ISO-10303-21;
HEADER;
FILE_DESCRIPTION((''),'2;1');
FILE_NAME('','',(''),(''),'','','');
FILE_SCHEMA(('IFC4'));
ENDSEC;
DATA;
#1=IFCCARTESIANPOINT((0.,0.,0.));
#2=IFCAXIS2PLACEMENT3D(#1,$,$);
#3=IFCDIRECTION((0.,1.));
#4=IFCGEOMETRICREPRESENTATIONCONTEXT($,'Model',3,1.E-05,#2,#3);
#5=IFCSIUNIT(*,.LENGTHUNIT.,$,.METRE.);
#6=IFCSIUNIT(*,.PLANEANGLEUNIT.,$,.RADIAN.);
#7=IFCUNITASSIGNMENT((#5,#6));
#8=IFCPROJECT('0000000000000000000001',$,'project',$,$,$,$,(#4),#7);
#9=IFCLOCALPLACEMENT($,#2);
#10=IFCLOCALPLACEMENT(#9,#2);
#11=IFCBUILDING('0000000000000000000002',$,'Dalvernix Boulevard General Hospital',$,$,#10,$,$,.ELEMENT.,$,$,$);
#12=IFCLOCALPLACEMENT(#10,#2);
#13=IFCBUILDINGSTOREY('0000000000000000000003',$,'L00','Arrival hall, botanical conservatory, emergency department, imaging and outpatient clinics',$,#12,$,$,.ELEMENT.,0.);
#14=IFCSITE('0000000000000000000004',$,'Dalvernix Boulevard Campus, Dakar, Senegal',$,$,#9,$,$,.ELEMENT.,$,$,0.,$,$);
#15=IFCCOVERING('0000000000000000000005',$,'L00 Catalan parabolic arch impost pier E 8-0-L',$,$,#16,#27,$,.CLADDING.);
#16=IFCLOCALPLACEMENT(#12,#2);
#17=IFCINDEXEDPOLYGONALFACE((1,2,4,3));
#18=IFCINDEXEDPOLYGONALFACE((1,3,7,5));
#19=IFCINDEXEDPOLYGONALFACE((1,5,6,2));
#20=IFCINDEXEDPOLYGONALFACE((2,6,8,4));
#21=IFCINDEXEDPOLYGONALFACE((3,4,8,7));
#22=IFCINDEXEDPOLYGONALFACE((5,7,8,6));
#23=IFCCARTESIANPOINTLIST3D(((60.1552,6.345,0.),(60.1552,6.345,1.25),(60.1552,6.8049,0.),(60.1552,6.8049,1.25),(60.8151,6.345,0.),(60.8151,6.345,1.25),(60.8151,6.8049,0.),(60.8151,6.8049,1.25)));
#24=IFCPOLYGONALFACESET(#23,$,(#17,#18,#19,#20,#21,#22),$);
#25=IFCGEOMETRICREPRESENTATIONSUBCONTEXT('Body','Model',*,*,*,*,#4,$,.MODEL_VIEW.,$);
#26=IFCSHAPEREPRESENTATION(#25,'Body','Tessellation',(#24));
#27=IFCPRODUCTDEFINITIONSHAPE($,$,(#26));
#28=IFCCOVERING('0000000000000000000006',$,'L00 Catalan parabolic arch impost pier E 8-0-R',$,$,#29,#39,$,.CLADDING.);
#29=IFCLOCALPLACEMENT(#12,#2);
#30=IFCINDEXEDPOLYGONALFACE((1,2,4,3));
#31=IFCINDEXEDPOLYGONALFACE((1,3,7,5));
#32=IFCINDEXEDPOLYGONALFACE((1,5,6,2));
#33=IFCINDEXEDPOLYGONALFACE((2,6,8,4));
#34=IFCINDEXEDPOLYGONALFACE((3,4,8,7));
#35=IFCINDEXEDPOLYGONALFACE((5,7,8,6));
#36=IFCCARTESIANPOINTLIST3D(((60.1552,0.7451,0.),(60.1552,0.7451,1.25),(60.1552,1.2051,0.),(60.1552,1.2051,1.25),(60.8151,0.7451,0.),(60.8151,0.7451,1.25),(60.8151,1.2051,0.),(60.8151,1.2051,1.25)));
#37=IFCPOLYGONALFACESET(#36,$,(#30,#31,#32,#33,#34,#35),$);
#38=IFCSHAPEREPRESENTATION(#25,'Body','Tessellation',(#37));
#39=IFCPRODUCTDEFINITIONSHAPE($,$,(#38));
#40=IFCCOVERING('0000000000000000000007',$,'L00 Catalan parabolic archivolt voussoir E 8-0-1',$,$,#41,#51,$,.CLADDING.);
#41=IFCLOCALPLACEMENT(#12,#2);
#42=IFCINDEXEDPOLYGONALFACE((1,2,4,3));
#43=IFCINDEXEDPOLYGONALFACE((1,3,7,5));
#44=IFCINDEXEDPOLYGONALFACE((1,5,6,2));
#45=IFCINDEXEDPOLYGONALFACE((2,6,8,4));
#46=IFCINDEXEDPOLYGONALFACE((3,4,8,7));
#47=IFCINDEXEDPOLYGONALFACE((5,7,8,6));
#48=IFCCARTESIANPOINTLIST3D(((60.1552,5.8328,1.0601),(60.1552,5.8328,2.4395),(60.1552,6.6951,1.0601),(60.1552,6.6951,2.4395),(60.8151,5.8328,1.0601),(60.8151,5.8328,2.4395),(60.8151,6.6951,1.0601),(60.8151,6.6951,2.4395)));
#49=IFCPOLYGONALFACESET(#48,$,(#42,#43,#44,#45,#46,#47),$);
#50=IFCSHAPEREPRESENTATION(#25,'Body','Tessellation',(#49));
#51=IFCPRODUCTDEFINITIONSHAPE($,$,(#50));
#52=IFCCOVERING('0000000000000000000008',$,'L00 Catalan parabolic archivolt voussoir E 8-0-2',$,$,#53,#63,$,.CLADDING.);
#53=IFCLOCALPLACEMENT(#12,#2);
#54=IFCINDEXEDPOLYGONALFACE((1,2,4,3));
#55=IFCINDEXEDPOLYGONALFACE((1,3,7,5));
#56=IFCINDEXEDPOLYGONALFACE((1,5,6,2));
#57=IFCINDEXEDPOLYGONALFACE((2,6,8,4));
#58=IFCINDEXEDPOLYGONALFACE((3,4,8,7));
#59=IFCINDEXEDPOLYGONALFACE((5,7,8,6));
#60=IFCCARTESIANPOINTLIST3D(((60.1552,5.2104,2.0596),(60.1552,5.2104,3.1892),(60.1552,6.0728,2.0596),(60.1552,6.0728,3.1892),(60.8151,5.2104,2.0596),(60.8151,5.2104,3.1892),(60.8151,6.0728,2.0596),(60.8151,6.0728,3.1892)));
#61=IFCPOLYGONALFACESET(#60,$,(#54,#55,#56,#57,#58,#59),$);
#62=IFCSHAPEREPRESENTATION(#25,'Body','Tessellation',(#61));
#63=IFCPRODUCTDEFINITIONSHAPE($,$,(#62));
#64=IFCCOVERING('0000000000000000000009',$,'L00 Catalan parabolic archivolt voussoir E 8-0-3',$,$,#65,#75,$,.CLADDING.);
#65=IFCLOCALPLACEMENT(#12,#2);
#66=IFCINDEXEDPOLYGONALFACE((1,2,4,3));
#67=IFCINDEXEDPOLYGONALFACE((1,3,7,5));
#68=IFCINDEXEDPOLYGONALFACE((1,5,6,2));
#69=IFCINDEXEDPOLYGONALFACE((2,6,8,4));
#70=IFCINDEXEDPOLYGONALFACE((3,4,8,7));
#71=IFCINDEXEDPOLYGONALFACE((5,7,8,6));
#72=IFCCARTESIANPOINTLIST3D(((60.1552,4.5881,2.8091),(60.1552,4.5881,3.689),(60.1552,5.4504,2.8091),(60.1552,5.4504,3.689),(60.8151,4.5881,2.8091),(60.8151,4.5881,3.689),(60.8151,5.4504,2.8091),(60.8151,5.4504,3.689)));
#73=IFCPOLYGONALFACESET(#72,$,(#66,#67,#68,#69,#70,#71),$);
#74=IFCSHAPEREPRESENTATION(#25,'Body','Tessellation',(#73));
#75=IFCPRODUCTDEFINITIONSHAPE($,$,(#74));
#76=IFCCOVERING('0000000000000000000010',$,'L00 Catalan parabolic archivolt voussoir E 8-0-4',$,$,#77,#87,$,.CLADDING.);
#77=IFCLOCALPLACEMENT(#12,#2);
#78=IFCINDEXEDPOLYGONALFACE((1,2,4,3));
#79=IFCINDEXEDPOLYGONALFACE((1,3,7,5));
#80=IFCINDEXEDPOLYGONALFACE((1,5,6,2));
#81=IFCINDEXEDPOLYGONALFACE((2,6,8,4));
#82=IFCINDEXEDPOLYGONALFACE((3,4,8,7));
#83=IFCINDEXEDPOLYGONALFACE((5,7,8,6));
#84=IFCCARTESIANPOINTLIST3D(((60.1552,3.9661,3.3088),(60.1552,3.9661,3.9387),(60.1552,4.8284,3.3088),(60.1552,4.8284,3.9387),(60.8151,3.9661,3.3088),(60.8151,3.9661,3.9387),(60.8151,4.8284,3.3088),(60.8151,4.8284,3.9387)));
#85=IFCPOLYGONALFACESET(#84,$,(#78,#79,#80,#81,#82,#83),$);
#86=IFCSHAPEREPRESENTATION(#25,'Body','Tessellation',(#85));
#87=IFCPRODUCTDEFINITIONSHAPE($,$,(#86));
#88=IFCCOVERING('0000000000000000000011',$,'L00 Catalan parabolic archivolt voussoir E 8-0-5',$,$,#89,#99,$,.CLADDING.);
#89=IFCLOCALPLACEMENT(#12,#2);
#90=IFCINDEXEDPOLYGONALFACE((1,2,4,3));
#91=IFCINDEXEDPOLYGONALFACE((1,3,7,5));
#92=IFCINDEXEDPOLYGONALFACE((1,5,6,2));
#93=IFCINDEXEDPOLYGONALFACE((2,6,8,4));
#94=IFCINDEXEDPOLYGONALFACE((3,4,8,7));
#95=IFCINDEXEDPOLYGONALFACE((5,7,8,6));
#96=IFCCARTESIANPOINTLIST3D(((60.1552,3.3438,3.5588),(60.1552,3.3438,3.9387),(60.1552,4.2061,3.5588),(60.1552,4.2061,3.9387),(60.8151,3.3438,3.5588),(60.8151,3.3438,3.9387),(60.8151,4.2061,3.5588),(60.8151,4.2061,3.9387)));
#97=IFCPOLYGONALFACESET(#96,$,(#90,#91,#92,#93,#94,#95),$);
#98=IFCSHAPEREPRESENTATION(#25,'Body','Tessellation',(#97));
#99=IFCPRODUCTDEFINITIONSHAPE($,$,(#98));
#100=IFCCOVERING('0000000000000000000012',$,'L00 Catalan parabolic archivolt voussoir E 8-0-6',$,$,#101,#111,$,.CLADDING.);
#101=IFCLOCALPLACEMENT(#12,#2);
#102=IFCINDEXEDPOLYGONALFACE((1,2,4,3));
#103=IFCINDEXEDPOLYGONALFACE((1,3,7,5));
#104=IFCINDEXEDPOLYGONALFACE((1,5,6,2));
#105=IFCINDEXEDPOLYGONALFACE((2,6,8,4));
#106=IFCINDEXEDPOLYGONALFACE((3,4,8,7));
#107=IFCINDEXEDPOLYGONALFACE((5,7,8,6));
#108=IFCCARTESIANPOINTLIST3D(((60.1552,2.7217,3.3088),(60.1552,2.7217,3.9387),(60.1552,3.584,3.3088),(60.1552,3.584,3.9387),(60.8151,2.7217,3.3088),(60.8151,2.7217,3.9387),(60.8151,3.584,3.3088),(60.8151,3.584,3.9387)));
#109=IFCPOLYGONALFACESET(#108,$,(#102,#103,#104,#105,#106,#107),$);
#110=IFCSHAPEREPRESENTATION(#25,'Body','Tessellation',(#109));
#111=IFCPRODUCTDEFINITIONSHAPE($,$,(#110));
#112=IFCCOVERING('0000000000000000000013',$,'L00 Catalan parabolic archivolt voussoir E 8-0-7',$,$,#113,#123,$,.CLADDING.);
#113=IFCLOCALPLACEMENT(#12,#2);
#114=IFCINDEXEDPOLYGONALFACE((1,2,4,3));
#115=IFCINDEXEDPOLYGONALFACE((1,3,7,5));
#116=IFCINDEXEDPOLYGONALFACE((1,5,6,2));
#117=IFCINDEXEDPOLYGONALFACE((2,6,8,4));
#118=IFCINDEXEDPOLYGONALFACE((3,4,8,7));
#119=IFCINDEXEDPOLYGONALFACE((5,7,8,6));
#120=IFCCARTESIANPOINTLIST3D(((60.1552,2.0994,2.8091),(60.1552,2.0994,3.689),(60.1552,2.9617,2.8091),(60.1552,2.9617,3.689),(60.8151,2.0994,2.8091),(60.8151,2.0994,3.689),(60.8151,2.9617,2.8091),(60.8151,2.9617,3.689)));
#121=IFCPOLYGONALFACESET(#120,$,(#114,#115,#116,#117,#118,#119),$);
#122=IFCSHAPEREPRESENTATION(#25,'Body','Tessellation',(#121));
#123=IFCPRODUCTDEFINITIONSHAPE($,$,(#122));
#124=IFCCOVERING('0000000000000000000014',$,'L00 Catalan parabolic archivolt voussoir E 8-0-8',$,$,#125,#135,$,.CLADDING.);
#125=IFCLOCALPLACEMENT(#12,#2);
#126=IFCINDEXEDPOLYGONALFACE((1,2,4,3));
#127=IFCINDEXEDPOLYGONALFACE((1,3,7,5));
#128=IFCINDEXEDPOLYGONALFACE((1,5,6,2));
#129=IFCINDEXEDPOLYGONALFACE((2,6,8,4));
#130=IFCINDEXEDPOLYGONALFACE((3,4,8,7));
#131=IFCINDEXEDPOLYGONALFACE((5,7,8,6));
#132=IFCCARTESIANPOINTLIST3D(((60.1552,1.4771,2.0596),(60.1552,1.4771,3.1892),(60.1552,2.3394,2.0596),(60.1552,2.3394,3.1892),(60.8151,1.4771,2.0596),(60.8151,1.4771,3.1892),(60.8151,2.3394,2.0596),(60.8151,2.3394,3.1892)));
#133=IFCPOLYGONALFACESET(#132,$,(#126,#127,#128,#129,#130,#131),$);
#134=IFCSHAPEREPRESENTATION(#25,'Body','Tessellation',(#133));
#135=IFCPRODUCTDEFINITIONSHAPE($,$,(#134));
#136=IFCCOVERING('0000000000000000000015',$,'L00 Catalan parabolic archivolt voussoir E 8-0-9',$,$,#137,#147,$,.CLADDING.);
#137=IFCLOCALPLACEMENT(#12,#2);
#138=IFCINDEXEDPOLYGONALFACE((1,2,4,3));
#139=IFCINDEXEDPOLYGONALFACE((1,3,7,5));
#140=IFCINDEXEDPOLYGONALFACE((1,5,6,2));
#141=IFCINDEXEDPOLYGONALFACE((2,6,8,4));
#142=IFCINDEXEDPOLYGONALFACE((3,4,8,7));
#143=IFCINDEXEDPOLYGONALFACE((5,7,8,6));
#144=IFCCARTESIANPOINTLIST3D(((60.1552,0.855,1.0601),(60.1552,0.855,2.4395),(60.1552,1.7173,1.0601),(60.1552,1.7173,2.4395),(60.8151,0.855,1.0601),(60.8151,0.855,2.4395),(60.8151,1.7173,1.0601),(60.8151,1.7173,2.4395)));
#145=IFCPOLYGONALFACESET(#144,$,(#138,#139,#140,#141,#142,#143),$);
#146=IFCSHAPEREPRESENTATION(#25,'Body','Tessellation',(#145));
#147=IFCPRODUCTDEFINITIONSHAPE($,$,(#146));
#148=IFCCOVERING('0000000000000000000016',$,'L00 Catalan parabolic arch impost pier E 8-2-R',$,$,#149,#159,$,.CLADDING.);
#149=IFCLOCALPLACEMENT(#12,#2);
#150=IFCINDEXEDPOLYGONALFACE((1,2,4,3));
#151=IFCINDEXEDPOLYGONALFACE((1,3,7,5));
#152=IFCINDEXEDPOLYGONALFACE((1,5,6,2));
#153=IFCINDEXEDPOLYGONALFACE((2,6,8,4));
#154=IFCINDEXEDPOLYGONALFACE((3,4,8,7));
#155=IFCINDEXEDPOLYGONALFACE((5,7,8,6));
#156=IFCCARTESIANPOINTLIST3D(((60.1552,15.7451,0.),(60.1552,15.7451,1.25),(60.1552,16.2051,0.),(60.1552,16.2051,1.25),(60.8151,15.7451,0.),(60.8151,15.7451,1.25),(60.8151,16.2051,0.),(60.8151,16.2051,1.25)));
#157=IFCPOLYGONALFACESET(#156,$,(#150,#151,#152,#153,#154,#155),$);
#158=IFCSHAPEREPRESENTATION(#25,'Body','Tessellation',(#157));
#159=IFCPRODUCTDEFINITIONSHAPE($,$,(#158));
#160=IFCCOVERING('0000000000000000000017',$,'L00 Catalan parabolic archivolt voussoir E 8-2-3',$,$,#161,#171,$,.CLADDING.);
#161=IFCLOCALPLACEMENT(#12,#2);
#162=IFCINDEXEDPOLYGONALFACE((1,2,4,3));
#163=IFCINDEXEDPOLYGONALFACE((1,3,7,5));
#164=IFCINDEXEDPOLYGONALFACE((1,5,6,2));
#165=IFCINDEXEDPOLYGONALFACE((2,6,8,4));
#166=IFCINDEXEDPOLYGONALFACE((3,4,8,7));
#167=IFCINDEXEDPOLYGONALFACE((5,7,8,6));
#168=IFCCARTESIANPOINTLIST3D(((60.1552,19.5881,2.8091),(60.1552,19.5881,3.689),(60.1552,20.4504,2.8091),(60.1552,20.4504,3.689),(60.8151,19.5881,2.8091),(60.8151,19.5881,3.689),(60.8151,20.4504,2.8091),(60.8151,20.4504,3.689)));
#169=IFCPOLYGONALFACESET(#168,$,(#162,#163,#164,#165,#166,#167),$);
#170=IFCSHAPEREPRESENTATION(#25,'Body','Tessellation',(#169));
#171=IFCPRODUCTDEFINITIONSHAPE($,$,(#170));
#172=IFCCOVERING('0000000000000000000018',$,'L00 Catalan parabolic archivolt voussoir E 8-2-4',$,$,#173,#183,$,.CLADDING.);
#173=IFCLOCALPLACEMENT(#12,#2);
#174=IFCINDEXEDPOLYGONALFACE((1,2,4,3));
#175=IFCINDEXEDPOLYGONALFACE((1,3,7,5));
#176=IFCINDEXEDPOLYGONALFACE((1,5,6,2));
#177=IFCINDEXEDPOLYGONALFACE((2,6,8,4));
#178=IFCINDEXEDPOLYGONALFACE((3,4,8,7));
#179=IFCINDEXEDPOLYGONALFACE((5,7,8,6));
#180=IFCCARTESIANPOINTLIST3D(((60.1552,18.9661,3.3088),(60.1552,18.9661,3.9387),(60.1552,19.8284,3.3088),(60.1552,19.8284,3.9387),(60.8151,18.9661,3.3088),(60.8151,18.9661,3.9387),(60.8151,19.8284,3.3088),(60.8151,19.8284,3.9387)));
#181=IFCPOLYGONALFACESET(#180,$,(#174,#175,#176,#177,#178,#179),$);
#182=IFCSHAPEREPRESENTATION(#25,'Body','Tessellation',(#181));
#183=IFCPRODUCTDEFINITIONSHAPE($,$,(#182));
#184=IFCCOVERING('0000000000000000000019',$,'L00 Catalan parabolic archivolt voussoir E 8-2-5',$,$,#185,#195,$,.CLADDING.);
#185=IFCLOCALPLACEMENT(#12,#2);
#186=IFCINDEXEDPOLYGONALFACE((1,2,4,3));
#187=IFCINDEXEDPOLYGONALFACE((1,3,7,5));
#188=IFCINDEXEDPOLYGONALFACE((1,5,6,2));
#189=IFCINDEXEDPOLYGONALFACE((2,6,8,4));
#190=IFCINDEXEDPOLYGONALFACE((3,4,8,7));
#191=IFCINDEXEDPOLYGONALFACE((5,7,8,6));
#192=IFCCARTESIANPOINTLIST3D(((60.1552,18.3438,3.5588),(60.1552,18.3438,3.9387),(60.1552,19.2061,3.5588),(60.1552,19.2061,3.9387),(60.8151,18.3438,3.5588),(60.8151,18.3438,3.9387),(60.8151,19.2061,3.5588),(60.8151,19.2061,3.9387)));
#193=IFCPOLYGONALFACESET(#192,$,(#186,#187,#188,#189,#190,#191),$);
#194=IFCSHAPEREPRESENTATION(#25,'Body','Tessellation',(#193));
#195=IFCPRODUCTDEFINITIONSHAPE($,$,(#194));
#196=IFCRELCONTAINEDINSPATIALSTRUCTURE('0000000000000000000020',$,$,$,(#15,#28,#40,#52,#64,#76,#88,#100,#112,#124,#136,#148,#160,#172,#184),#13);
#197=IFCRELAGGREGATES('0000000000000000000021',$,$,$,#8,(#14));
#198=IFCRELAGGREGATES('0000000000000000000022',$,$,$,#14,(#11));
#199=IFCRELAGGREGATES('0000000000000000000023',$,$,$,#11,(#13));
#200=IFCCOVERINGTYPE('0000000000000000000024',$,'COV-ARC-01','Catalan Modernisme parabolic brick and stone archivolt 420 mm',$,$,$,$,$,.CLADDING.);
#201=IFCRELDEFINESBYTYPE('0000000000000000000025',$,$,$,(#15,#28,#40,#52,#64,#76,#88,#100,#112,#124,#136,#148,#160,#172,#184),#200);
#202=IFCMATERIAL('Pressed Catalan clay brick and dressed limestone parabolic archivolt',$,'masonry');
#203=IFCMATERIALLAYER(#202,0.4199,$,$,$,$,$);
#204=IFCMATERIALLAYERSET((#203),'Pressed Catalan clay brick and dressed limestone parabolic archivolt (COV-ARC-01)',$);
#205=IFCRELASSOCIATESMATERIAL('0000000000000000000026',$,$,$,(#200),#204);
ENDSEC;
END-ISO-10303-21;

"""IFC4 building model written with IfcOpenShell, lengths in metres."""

from ifc_helpers import new_model, si_unit, direction, frame, origin, origin_2d, place, context, subcontext, project, spatial, rectangle, extrude, material, layer, layer_set, type_object, element, save


model = new_model("IFC4")

# Units and contexts
model_context = context("Model", 3, precision=1e-05, world=origin(), true_north=direction((0.0, 1.0)))
body_context = subcontext(model_context, "Body", "Model", "MODEL_VIEW")
ifc_project = project(units=[si_unit("LENGTHUNIT", "METRE"), si_unit("PLANEANGLEUNIT", "RADIAN")], contexts=[model_context])

# Site, building, storey
site_placement = place(None, origin())
site = spatial("IfcSite", under=ifc_project, at=site_placement, Name="Dalvernix Boulevard Campus, Dakar, Senegal", CompositionType="ELEMENT", RefElevation=0.0)
building_placement = place(site_placement, origin())
building = spatial("IfcBuilding", under=site, at=building_placement, Name="Dalvernix Boulevard General Hospital", CompositionType="ELEMENT")
storey_placement = place(building_placement, origin())
storey = spatial("IfcBuildingStorey", under=building, at=storey_placement, Name="L00", Description="Arrival hall, botanical conservatory, emergency department, imaging and outpatient clinics", CompositionType="ELEMENT", Elevation=0.0)

# Coverings
ifc_material_1 = material(Name="Pressed Catalan clay brick and dressed limestone parabolic archivolt", Category="masonry")
ifc_layer_1 = layer(ifc_material_1, 0.4199)
ifc_layer_set_1 = layer_set([ifc_layer_1], Name="Pressed Catalan clay brick and dressed limestone parabolic archivolt (COV-ARC-01)")
covering_type_1 = type_object("IfcCoveringType", Name="COV-ARC-01", Description="Catalan Modernisme parabolic brick and stone archivolt 420 mm", PredefinedType="CLADDING", material=ifc_layer_set_1)
for number, where, z_axis, x_axis, name in (
    (1, (60.4851, 6.575, 0.0), (0.0, 0.0, 1.0), (0.0, -1.0, 0.0), "L00 Catalan parabolic arch impost pier E 8-0-L"),
    (2, (60.4851, 0.9751, 0.0), (0.0, 0.0, 1.0), (0.0, -1.0, 0.0), "L00 Catalan parabolic arch impost pier E 8-0-R"),
):
    element("IfcCovering", number, at=place(storey_placement, frame(where, z_axis=z_axis, x_axis=x_axis)), inside=storey, type_object=covering_type_1, Name=name, PredefinedType="CLADDING", context=body_context, shape_type="SweptSolid", body=[
        extrude(rectangle(XDim=0.46, YDim=0.6599, at=origin_2d()), origin(), (0.0, 0.0, 1.0), 1.25),
    ])
covering_1_placement = place(storey_placement, frame((60.4851, 6.2639, 1.0601), z_axis=(0.0, 0.0, 1.0), x_axis=(0.0, -1.0, 0.0)))
element("IfcCovering", 3, at=covering_1_placement, inside=storey, type_object=covering_type_1, Name="L00 Catalan parabolic archivolt voussoir E 8-0-1", PredefinedType="CLADDING", context=body_context, shape_type="SweptSolid", body=[
    extrude(rectangle(XDim=0.8623, YDim=0.6599, at=origin_2d()), origin(), (0.0, 0.0, 1.0), 1.3794),
])
covering_2_placement = place(storey_placement, frame((60.4851, 5.6416, 2.0596), z_axis=(0.0, 0.0, 1.0), x_axis=(0.0, -1.0, 0.0)))
element("IfcCovering", 4, at=covering_2_placement, inside=storey, type_object=covering_type_1, Name="L00 Catalan parabolic archivolt voussoir E 8-0-2", PredefinedType="CLADDING", context=body_context, shape_type="SweptSolid", body=[
    extrude(rectangle(XDim=0.8623, YDim=0.6599, at=origin_2d()), origin(), (0.0, 0.0, 1.0), 1.1296),
])
covering_3_placement = place(storey_placement, frame((60.4851, 5.0193, 2.8091), z_axis=(0.0, 0.0, 1.0), x_axis=(0.0, -1.0, 0.0)))
element("IfcCovering", 5, at=covering_3_placement, inside=storey, type_object=covering_type_1, Name="L00 Catalan parabolic archivolt voussoir E 8-0-3", PredefinedType="CLADDING", context=body_context, shape_type="SweptSolid", body=[
    extrude(rectangle(XDim=0.8623, YDim=0.6599, at=origin_2d()), origin(), (0.0, 0.0, 1.0), 0.8799),
])
covering_4_placement = place(storey_placement, frame((60.4851, 4.3972, 3.3088), z_axis=(0.0, 0.0, 1.0), x_axis=(0.0, -1.0, 0.0)))
element("IfcCovering", 6, at=covering_4_placement, inside=storey, type_object=covering_type_1, Name="L00 Catalan parabolic archivolt voussoir E 8-0-4", PredefinedType="CLADDING", context=body_context, shape_type="SweptSolid", body=[
    extrude(rectangle(XDim=0.8623, YDim=0.6599, at=origin_2d()), origin(), (0.0, 0.0, 1.0), 0.6299),
])
covering_5_placement = place(storey_placement, frame((60.4851, 3.7749, 3.5588), z_axis=(0.0, 0.0, 1.0), x_axis=(0.0, -1.0, 0.0)))
element("IfcCovering", 7, at=covering_5_placement, inside=storey, type_object=covering_type_1, Name="L00 Catalan parabolic archivolt voussoir E 8-0-5", PredefinedType="CLADDING", context=body_context, shape_type="SweptSolid", body=[
    extrude(rectangle(XDim=0.8623, YDim=0.6599, at=origin_2d()), origin(), (0.0, 0.0, 1.0), 0.3799),
])
covering_6_placement = place(storey_placement, frame((60.4851, 3.1528, 3.3088), z_axis=(0.0, 0.0, 1.0), x_axis=(0.0, -1.0, 0.0)))
element("IfcCovering", 8, at=covering_6_placement, inside=storey, type_object=covering_type_1, Name="L00 Catalan parabolic archivolt voussoir E 8-0-6", PredefinedType="CLADDING", context=body_context, shape_type="SweptSolid", body=[
    extrude(rectangle(XDim=0.8623, YDim=0.6599, at=origin_2d()), origin(), (0.0, 0.0, 1.0), 0.6299),
])
covering_7_placement = place(storey_placement, frame((60.4851, 2.5305, 2.8091), z_axis=(0.0, 0.0, 1.0), x_axis=(0.0, -1.0, 0.0)))
element("IfcCovering", 9, at=covering_7_placement, inside=storey, type_object=covering_type_1, Name="L00 Catalan parabolic archivolt voussoir E 8-0-7", PredefinedType="CLADDING", context=body_context, shape_type="SweptSolid", body=[
    extrude(rectangle(XDim=0.8623, YDim=0.6599, at=origin_2d()), origin(), (0.0, 0.0, 1.0), 0.8799),
])
covering_8_placement = place(storey_placement, frame((60.4851, 1.9082, 2.0596), z_axis=(0.0, 0.0, 1.0), x_axis=(0.0, -1.0, 0.0)))
element("IfcCovering", 10, at=covering_8_placement, inside=storey, type_object=covering_type_1, Name="L00 Catalan parabolic archivolt voussoir E 8-0-8", PredefinedType="CLADDING", context=body_context, shape_type="SweptSolid", body=[
    extrude(rectangle(XDim=0.8623, YDim=0.6599, at=origin_2d()), origin(), (0.0, 0.0, 1.0), 1.1296),
])
covering_9_placement = place(storey_placement, frame((60.4851, 1.2861, 1.0601), z_axis=(0.0, 0.0, 1.0), x_axis=(0.0, -1.0, 0.0)))
element("IfcCovering", 11, at=covering_9_placement, inside=storey, type_object=covering_type_1, Name="L00 Catalan parabolic archivolt voussoir E 8-0-9", PredefinedType="CLADDING", context=body_context, shape_type="SweptSolid", body=[
    extrude(rectangle(XDim=0.8623, YDim=0.6599, at=origin_2d()), origin(), (0.0, 0.0, 1.0), 1.3794),
])
covering_10_placement = place(storey_placement, frame((60.4851, 15.9751, 0.0), z_axis=(0.0, 0.0, 1.0), x_axis=(0.0, -1.0, 0.0)))
element("IfcCovering", 12, at=covering_10_placement, inside=storey, type_object=covering_type_1, Name="L00 Catalan parabolic arch impost pier E 8-2-R", PredefinedType="CLADDING", context=body_context, shape_type="SweptSolid", body=[
    extrude(rectangle(XDim=0.46, YDim=0.6599, at=origin_2d()), origin(), (0.0, 0.0, 1.0), 1.25),
])
covering_11_placement = place(storey_placement, frame((60.4851, 20.0193, 2.8091), z_axis=(0.0, 0.0, 1.0), x_axis=(0.0, -1.0, 0.0)))
element("IfcCovering", 13, at=covering_11_placement, inside=storey, type_object=covering_type_1, Name="L00 Catalan parabolic archivolt voussoir E 8-2-3", PredefinedType="CLADDING", context=body_context, shape_type="SweptSolid", body=[
    extrude(rectangle(XDim=0.8623, YDim=0.6599, at=origin_2d()), origin(), (0.0, 0.0, 1.0), 0.8799),
])
covering_12_placement = place(storey_placement, frame((60.4851, 19.3972, 3.3088), z_axis=(0.0, 0.0, 1.0), x_axis=(0.0, -1.0, 0.0)))
element("IfcCovering", 14, at=covering_12_placement, inside=storey, type_object=covering_type_1, Name="L00 Catalan parabolic archivolt voussoir E 8-2-4", PredefinedType="CLADDING", context=body_context, shape_type="SweptSolid", body=[
    extrude(rectangle(XDim=0.8623, YDim=0.6599, at=origin_2d()), origin(), (0.0, 0.0, 1.0), 0.6299),
])
covering_13_placement = place(storey_placement, frame((60.4851, 18.7749, 3.5588), z_axis=(0.0, 0.0, 1.0), x_axis=(0.0, -1.0, 0.0)))
element("IfcCovering", 15, at=covering_13_placement, inside=storey, type_object=covering_type_1, Name="L00 Catalan parabolic archivolt voussoir E 8-2-5", PredefinedType="CLADDING", context=body_context, shape_type="SweptSolid", body=[
    extrude(rectangle(XDim=0.8623, YDim=0.6599, at=origin_2d()), origin(), (0.0, 0.0, 1.0), 0.3799),
])

save(model, "model.ifc")
